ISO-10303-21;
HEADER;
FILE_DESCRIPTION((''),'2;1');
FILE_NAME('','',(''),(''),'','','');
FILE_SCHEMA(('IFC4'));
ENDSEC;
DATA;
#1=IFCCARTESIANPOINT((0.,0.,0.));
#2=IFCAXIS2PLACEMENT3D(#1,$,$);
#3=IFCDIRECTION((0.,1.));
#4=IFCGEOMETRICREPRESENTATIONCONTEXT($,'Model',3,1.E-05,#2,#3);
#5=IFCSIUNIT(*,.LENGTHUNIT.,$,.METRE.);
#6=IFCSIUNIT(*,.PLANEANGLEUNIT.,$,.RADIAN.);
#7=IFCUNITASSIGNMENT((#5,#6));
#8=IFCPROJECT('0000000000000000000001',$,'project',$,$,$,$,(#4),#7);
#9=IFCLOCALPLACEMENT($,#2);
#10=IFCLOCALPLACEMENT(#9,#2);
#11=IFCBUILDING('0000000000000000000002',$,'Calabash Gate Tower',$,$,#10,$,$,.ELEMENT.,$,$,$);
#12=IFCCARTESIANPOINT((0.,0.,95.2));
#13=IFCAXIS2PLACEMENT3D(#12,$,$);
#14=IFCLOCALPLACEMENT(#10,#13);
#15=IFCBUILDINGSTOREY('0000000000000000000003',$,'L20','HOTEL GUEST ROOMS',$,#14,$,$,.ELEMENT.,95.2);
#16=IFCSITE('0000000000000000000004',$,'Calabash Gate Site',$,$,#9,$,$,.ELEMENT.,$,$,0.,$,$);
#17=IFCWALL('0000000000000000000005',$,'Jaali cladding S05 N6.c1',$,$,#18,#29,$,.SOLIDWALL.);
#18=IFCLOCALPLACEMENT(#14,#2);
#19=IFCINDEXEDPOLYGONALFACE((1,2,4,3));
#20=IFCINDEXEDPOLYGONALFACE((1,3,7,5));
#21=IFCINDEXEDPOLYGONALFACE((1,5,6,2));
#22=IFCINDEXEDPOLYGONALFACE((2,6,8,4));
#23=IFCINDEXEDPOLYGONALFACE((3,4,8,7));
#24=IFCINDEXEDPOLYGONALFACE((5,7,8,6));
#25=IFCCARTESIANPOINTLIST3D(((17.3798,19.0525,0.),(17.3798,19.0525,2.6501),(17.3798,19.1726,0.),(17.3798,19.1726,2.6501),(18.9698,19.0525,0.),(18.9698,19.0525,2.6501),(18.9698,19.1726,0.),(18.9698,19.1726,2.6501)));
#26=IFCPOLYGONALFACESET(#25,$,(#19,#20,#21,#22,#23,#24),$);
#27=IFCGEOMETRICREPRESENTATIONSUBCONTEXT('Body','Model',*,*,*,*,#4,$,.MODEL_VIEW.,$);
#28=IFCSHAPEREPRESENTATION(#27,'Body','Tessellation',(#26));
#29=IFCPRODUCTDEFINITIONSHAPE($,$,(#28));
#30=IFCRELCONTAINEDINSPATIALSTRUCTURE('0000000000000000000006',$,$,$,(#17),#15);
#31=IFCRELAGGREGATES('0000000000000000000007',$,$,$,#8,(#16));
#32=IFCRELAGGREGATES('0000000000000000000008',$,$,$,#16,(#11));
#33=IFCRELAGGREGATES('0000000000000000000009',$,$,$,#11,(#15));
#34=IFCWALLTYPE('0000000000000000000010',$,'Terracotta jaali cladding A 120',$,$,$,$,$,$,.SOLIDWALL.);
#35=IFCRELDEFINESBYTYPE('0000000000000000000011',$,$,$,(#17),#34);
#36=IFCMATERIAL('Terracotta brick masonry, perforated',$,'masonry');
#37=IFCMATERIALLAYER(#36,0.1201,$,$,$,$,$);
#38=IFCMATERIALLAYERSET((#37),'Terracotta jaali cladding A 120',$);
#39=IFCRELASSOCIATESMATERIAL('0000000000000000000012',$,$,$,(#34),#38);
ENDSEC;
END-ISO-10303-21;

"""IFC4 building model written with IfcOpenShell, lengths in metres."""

from ifc_helpers import new_model, si_unit, direction, frame, frame_2d, origin, place, context, subcontext, project, spatial, rectangle, extrude, material, layer, layer_set, type_object, element, save


model = new_model("IFC4")

# Units and contexts
model_context = context("Model", 3, precision=1e-05, world=origin(), true_north=direction((0.0, 1.0)))
body_context = subcontext(model_context, "Body", "Model", "MODEL_VIEW")
ifc_project = project(units=[si_unit("LENGTHUNIT", "METRE"), si_unit("PLANEANGLEUNIT", "RADIAN")], contexts=[model_context])

# Site, building, storey
site_placement = place(None, origin())
site = spatial("IfcSite", under=ifc_project, at=site_placement, Name="Calabash Gate Site", CompositionType="ELEMENT", RefElevation=0.0)
building_placement = place(site_placement, origin())
building = spatial("IfcBuilding", under=site, at=building_placement, Name="Calabash Gate Tower", CompositionType="ELEMENT")
storey_placement = place(building_placement, frame((0.0, 0.0, 95.2)))
storey = spatial("IfcBuildingStorey", under=building, at=storey_placement, Name="L20", Description="HOTEL GUEST ROOMS", CompositionType="ELEMENT", Elevation=95.2)

# Wall
ifc_material_1 = material(Name="Terracotta brick masonry, perforated", Category="masonry")
ifc_layer_1 = layer(ifc_material_1, 0.1201)
ifc_layer_set_1 = layer_set([ifc_layer_1], Name="Terracotta jaali cladding A 120")
wall_type_1 = type_object("IfcWallType", Name="Terracotta jaali cladding A 120", PredefinedType="SOLIDWALL", material=ifc_layer_set_1)
wall_1_placement = place(storey_placement, frame((17.3799, 19.1125, 0.0), z_axis=(0.0, 0.0, 1.0), x_axis=(1.0, 0.0, 0.0)))
element("IfcWall", 1, at=wall_1_placement, inside=storey, type_object=wall_type_1, Name="Jaali cladding S05 N6.c1", PredefinedType="SOLIDWALL", context=body_context, shape_type="SweptSolid", body=[
    extrude(rectangle(XDim=1.5901, YDim=0.1201, at=frame_2d((0.7949, 0.0))), origin(), (0.0, 0.0, 1.0), 2.6501),
])

save(model, "model.ifc")
